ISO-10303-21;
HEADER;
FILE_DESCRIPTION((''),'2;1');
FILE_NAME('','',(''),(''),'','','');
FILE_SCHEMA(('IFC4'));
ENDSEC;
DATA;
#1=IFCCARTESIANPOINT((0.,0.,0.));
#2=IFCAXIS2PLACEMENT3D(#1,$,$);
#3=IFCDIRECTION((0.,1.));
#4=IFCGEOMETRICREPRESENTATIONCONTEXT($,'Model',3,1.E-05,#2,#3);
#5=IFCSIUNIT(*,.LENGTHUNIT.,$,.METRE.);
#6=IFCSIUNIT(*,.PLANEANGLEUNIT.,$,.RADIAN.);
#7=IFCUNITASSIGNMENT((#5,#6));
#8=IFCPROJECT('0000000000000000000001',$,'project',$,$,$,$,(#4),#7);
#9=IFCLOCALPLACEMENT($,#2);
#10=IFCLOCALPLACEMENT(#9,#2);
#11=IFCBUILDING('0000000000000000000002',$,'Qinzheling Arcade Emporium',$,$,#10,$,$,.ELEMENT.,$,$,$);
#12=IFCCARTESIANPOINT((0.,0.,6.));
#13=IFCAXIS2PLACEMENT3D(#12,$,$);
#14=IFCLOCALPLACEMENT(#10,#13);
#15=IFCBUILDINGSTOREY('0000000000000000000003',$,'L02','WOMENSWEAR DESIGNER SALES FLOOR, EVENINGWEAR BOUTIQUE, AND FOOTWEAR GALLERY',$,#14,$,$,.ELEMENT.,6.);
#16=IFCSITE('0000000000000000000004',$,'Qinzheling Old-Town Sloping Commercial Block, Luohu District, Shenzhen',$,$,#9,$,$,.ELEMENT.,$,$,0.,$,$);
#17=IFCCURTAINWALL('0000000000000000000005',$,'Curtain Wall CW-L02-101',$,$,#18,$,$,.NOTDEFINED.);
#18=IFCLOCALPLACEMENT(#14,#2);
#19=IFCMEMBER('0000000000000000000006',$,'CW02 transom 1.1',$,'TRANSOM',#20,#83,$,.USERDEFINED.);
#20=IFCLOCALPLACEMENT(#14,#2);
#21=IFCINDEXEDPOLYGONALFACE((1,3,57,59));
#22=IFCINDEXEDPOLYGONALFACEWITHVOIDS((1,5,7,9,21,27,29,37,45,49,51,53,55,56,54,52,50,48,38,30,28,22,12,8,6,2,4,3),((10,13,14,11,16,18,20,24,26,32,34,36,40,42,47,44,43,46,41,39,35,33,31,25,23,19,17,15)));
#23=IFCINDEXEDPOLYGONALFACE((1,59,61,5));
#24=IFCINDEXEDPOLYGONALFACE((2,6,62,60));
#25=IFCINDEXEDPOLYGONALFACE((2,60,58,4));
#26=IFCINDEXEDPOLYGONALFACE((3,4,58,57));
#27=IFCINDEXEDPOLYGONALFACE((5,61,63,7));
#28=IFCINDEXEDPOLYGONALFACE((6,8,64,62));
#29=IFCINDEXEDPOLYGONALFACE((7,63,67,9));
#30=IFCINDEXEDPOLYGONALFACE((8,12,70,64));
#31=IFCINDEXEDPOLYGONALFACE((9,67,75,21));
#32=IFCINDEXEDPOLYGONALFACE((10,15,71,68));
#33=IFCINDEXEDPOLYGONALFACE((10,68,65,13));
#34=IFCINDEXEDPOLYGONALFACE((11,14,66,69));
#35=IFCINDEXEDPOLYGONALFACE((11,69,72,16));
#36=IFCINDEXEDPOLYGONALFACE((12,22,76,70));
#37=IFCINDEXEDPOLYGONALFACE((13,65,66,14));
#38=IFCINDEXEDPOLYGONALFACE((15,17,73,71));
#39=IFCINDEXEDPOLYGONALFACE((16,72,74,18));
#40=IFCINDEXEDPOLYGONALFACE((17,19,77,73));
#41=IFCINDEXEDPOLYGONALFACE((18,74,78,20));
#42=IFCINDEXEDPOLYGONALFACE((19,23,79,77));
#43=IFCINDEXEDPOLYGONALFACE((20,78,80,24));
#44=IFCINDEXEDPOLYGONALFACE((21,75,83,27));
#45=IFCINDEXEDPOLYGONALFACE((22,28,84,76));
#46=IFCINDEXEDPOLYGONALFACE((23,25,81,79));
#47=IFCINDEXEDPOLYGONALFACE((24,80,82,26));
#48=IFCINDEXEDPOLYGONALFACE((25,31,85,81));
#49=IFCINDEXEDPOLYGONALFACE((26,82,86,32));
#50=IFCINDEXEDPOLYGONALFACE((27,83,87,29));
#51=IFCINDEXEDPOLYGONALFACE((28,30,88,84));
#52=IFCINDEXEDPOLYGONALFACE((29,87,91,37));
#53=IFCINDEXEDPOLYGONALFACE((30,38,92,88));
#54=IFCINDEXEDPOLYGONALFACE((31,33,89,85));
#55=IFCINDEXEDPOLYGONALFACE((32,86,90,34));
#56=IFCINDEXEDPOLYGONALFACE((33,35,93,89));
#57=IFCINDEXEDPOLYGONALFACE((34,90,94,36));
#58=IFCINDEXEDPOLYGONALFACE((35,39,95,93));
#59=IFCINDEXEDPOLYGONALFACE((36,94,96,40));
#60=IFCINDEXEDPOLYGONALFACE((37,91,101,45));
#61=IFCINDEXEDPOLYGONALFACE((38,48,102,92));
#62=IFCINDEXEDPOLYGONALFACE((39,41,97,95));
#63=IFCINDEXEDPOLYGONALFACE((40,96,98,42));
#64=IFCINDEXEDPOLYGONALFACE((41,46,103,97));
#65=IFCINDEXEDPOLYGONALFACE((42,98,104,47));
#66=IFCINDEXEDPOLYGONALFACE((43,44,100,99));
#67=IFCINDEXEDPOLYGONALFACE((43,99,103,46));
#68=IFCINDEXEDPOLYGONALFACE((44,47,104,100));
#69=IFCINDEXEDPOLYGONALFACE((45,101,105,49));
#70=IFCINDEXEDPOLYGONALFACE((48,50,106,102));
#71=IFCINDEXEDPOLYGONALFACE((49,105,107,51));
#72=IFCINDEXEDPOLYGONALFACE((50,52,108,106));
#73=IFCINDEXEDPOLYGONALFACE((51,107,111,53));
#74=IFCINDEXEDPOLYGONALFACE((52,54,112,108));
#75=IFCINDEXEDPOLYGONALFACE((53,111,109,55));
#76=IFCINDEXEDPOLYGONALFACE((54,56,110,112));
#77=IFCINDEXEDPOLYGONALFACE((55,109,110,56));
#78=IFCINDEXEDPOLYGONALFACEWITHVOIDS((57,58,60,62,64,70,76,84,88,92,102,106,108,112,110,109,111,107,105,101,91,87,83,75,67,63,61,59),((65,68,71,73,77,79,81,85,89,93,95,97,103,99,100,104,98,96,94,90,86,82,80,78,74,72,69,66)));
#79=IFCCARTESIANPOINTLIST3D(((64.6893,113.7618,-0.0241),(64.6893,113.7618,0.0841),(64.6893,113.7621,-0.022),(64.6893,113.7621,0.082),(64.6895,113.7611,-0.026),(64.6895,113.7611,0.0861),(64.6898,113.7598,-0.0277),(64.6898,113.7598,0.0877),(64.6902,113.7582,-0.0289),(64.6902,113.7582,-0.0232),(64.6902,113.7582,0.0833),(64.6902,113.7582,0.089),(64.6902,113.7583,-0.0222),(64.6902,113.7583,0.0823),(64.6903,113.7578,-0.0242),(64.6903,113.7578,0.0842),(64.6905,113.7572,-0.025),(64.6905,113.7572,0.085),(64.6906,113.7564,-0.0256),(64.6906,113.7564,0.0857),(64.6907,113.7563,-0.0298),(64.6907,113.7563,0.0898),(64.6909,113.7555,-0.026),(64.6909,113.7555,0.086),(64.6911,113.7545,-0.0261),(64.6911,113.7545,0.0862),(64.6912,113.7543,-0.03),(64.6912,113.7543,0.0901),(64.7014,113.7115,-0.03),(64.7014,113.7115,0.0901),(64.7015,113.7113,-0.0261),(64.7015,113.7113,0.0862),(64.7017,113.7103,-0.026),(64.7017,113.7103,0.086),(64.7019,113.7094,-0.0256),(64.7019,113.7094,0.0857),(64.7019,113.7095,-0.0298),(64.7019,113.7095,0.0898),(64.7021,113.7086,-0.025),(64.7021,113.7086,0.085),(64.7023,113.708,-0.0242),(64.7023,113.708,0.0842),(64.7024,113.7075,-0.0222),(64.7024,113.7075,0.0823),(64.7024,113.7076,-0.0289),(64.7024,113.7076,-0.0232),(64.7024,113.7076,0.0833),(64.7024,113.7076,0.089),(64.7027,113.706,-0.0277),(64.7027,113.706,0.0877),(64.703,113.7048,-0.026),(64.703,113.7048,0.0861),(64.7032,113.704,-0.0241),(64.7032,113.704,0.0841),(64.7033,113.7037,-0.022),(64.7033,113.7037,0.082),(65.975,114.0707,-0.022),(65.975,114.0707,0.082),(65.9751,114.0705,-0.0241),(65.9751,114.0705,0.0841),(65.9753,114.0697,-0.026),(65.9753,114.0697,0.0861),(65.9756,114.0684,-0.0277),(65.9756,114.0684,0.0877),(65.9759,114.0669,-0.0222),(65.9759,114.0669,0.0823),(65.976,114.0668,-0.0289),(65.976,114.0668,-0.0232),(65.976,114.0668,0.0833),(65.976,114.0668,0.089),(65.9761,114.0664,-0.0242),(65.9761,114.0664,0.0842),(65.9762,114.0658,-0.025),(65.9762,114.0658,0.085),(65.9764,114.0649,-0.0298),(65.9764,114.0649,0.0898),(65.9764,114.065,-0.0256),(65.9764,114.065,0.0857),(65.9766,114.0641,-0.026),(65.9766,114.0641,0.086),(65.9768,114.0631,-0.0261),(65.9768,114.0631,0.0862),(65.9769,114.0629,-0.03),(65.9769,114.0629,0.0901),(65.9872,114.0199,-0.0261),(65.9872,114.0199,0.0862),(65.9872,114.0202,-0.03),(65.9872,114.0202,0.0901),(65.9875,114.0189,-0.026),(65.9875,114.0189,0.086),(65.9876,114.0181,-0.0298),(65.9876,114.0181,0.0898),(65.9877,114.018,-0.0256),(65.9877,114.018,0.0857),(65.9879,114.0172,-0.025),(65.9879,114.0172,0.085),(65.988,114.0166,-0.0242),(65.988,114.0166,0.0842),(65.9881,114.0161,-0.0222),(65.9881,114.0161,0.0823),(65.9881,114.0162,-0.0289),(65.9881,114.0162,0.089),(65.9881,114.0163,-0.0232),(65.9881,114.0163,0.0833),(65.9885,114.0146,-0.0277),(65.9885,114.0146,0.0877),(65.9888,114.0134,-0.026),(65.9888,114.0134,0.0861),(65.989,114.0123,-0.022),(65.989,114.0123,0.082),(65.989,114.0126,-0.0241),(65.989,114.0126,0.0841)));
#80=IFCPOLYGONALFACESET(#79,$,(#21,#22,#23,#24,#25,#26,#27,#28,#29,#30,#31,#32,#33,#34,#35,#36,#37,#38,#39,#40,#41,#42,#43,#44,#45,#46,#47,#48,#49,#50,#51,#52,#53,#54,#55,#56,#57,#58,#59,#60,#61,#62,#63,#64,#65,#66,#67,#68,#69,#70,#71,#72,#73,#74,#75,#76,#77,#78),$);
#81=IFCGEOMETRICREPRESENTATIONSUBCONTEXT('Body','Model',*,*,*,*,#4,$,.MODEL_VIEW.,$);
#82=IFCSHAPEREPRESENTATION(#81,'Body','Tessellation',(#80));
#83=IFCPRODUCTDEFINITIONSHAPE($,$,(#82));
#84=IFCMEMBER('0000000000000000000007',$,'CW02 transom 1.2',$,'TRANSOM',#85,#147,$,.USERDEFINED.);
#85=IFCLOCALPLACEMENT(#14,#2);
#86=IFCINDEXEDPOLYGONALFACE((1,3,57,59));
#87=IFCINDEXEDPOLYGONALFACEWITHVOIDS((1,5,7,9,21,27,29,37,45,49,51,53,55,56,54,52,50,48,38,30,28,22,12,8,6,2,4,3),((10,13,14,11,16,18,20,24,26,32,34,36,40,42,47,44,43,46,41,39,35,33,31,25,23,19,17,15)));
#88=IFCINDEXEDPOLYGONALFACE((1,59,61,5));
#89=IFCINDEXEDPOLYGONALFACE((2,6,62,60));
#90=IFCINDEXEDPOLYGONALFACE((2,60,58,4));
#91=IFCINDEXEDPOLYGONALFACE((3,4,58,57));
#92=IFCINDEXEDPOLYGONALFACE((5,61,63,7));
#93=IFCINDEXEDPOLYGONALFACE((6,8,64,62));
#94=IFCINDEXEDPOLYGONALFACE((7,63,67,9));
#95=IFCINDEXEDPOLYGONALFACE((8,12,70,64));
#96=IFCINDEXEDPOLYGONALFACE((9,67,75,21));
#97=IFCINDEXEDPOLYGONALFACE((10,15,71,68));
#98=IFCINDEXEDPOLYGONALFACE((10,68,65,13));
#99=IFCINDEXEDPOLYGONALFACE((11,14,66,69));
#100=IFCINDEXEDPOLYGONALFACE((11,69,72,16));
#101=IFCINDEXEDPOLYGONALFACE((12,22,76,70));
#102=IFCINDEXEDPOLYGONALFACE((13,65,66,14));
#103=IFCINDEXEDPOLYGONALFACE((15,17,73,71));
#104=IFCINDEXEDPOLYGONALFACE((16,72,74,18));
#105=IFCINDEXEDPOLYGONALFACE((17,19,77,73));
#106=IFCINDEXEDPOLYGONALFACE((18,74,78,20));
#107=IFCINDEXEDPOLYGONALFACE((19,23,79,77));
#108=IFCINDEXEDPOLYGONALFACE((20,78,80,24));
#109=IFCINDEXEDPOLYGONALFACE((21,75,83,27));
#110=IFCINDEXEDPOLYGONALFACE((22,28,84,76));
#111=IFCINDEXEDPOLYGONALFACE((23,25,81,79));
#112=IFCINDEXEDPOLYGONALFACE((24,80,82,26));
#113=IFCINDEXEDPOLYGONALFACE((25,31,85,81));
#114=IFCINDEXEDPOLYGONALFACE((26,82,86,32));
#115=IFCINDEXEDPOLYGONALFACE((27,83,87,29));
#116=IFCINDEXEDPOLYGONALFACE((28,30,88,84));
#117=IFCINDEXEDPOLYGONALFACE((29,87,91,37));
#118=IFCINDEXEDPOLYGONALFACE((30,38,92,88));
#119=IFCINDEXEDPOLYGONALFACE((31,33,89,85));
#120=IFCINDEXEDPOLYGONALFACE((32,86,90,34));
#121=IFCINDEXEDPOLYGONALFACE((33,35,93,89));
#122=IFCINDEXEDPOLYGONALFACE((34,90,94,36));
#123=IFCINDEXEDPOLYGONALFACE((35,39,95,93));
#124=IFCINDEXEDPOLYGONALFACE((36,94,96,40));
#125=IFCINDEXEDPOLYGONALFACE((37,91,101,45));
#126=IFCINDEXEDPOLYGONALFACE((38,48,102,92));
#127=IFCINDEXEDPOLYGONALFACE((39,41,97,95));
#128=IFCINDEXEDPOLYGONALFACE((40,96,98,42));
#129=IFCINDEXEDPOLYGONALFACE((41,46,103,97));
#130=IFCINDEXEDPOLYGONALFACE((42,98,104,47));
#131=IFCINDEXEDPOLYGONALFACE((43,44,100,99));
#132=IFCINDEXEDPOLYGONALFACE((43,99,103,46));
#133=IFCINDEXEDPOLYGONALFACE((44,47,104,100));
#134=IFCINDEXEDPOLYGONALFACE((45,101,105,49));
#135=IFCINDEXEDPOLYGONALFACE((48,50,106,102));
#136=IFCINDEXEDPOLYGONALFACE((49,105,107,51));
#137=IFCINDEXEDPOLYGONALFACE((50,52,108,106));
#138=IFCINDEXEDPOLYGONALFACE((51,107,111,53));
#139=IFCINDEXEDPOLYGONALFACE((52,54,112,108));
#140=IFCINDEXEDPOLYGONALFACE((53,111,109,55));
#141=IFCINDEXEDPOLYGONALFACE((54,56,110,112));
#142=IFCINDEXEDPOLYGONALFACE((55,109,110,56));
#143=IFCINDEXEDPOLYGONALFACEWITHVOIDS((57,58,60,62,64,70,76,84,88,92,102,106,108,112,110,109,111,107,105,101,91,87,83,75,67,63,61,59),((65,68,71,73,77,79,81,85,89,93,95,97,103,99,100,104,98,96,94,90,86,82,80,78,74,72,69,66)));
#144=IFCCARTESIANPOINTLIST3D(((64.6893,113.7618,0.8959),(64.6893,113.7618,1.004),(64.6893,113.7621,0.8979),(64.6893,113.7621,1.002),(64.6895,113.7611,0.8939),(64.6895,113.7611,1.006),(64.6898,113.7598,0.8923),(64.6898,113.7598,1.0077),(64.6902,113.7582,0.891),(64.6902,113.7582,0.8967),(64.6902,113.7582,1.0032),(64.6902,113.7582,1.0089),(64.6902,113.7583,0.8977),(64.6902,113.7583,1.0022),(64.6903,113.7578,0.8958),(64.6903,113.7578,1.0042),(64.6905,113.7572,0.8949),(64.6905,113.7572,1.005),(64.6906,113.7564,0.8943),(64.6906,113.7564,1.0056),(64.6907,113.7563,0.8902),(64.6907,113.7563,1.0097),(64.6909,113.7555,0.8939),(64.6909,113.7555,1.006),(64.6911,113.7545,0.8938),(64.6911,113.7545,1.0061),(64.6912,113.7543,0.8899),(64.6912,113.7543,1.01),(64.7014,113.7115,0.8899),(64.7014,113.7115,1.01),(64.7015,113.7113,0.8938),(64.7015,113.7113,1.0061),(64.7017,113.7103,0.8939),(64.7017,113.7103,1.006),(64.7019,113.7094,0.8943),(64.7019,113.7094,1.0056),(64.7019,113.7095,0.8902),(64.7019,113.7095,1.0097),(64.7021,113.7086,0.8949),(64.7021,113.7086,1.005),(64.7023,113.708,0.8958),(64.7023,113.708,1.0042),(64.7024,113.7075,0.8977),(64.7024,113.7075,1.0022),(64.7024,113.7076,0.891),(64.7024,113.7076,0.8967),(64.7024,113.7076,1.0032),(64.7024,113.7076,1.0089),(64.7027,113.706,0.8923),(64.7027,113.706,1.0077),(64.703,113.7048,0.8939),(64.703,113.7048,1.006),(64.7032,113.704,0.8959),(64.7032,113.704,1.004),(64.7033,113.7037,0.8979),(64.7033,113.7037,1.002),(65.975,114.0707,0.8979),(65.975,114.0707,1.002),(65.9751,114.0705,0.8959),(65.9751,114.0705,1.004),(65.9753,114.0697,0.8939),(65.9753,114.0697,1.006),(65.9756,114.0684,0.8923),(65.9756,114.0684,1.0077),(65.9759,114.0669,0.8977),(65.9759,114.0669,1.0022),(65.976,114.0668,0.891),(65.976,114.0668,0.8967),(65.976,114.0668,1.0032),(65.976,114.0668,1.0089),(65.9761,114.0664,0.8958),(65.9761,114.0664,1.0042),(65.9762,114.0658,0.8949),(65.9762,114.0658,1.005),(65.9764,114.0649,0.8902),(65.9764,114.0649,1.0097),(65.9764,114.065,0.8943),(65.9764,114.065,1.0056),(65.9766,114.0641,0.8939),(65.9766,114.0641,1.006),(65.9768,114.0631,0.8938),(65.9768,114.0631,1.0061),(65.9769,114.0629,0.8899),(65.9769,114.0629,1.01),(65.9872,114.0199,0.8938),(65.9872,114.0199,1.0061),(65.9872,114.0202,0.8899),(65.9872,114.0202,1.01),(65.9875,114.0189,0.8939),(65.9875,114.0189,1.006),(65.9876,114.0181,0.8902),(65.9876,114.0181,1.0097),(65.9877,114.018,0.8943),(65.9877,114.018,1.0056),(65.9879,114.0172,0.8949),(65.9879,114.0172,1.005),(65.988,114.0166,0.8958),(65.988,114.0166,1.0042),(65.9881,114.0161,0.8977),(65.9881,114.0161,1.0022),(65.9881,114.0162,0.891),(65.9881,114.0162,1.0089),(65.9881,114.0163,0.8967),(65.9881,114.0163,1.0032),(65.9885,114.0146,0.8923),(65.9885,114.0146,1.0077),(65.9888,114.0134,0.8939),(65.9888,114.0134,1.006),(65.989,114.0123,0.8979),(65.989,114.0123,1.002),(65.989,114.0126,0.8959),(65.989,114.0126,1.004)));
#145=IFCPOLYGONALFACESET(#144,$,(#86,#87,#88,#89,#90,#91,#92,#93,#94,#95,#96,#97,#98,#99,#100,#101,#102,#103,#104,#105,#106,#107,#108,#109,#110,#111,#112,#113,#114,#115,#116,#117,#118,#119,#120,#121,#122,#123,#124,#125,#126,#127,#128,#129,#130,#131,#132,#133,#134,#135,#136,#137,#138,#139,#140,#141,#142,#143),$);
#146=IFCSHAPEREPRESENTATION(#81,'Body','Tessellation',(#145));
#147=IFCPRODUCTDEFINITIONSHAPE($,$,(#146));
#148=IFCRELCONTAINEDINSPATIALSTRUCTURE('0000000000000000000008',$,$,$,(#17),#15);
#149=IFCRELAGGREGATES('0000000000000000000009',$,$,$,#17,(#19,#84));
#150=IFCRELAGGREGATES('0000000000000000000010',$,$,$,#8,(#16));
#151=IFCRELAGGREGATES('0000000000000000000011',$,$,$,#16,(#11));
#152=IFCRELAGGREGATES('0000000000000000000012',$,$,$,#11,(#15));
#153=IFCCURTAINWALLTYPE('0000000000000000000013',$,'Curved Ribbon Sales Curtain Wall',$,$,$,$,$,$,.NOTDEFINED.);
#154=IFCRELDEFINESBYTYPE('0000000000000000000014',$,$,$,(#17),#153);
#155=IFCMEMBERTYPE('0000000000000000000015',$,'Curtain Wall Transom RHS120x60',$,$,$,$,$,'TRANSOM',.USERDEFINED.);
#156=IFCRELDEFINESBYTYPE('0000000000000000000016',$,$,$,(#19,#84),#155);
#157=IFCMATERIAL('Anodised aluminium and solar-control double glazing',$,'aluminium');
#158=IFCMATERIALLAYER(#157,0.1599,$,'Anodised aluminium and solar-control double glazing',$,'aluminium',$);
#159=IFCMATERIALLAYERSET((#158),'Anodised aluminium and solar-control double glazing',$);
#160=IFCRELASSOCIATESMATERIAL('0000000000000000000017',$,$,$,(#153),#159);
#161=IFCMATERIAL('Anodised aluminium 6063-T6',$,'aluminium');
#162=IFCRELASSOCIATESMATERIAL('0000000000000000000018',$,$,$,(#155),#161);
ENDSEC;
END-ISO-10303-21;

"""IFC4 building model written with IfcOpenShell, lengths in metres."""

from ifc_helpers import new_model, si_unit, direction, frame, origin, origin_2d, place, context, subcontext, project, spatial, hollow_rectangle, extrude, material, layer, layer_set, material_profile, profile_set, type_object, element, aggregate, save


model = new_model("IFC4")

# Units and contexts
model_context = context("Model", 3, precision=1e-05, world=origin(), true_north=direction((0.0, 1.0)))
body_context = subcontext(model_context, "Body", "Model", "MODEL_VIEW")
ifc_project = project(units=[si_unit("LENGTHUNIT", "METRE"), si_unit("PLANEANGLEUNIT", "RADIAN")], contexts=[model_context])

# Site, building, storey
site_placement = place(None, origin())
site = spatial("IfcSite", under=ifc_project, at=site_placement, Name="Qinzheling Old-Town Sloping Commercial Block, Luohu District, Shenzhen", CompositionType="ELEMENT", RefElevation=0.0)
building_placement = place(site_placement, origin())
building = spatial("IfcBuilding", under=site, at=building_placement, Name="Qinzheling Arcade Emporium", CompositionType="ELEMENT")
storey_placement = place(building_placement, frame((0.0, 0.0, 6.0)))
storey = spatial("IfcBuildingStorey", under=building, at=storey_placement, Name="L02", Description="WOMENSWEAR DESIGNER SALES FLOOR, EVENINGWEAR BOUTIQUE, AND FOOTWEAR GALLERY", CompositionType="ELEMENT", Elevation=6.0)

# Shared definitions
ifc_material_1 = material(Name="Anodised aluminium and solar-control double glazing", Category="aluminium")
ifc_layer_1 = layer(ifc_material_1, 0.1599, Name="Anodised aluminium and solar-control double glazing", Category="aluminium")
ifc_layer_set_1 = layer_set([ifc_layer_1], Name="Anodised aluminium and solar-control double glazing")
curtain_wall_type = type_object("IfcCurtainWallType", Name="Curved Ribbon Sales Curtain Wall", PredefinedType="NOTDEFINED", material=ifc_layer_set_1)
ifc_material_2 = material(Name="Anodised aluminium 6063-T6", Category="aluminium")

# Curtain wall
curtain_wall_1_placement = place(storey_placement, origin())
curtain_wall_1 = element("IfcCurtainWall", 1, at=curtain_wall_1_placement, inside=storey, type_object=curtain_wall_type, Name="Curtain Wall CW-L02-101", PredefinedType="NOTDEFINED")

# Members
ifc_material_profile_1 = material_profile(ifc_material_2, hollow_rectangle(XDim=0.0601, YDim=0.1201, WallThickness=0.0039, InnerFilletRadius=0.0039, OuterFilletRadius=0.0081, at=origin_2d()), Name="RHS 120x60x4", Category="aluminium")
ifc_profile_set_1 = profile_set([ifc_material_profile_1], Name="Anodised aluminium 6063-T6")
member_type_1 = type_object("IfcMemberType", Name="Curtain Wall Transom RHS120x60", ElementType="TRANSOM", PredefinedType="USERDEFINED", material=ifc_profile_set_1)
member_1_placement = place(storey_placement, frame((64.6963, 113.7329, 0.03), z_axis=(0.972381, 0.233401, 0.0), x_axis=(-0.233401, 0.972381, 0.0)))
member_1 = element("IfcMember", 2, at=member_1_placement, type_object=member_type_1, Name="CW02 transom 1.1", ObjectType="TRANSOM", PredefinedType="USERDEFINED", context=body_context, shape_type="SweptSolid", body=[
    extrude(hollow_rectangle(XDim=0.0601, YDim=0.1201, WallThickness=0.0039, InnerFilletRadius=0.0039, OuterFilletRadius=0.0081, at=origin_2d()), origin(), (0.0, 0.0, 1.0), 1.3223),
])
member_2_placement = place(storey_placement, frame((64.6963, 113.7329, 0.95), z_axis=(0.972381, 0.233401, 0.0), x_axis=(-0.233401, 0.972381, 0.0)))
member_2 = element("IfcMember", 3, at=member_2_placement, type_object=member_type_1, Name="CW02 transom 1.2", ObjectType="TRANSOM", PredefinedType="USERDEFINED", context=body_context, shape_type="SweptSolid", body=[
    extrude(hollow_rectangle(XDim=0.0601, YDim=0.1201, WallThickness=0.0039, InnerFilletRadius=0.0039, OuterFilletRadius=0.0081, at=origin_2d()), origin(), (0.0, 0.0, 1.0), 1.3223),
])

aggregate(curtain_wall_1, [member_1, member_2])

save(model, "model.ifc")
